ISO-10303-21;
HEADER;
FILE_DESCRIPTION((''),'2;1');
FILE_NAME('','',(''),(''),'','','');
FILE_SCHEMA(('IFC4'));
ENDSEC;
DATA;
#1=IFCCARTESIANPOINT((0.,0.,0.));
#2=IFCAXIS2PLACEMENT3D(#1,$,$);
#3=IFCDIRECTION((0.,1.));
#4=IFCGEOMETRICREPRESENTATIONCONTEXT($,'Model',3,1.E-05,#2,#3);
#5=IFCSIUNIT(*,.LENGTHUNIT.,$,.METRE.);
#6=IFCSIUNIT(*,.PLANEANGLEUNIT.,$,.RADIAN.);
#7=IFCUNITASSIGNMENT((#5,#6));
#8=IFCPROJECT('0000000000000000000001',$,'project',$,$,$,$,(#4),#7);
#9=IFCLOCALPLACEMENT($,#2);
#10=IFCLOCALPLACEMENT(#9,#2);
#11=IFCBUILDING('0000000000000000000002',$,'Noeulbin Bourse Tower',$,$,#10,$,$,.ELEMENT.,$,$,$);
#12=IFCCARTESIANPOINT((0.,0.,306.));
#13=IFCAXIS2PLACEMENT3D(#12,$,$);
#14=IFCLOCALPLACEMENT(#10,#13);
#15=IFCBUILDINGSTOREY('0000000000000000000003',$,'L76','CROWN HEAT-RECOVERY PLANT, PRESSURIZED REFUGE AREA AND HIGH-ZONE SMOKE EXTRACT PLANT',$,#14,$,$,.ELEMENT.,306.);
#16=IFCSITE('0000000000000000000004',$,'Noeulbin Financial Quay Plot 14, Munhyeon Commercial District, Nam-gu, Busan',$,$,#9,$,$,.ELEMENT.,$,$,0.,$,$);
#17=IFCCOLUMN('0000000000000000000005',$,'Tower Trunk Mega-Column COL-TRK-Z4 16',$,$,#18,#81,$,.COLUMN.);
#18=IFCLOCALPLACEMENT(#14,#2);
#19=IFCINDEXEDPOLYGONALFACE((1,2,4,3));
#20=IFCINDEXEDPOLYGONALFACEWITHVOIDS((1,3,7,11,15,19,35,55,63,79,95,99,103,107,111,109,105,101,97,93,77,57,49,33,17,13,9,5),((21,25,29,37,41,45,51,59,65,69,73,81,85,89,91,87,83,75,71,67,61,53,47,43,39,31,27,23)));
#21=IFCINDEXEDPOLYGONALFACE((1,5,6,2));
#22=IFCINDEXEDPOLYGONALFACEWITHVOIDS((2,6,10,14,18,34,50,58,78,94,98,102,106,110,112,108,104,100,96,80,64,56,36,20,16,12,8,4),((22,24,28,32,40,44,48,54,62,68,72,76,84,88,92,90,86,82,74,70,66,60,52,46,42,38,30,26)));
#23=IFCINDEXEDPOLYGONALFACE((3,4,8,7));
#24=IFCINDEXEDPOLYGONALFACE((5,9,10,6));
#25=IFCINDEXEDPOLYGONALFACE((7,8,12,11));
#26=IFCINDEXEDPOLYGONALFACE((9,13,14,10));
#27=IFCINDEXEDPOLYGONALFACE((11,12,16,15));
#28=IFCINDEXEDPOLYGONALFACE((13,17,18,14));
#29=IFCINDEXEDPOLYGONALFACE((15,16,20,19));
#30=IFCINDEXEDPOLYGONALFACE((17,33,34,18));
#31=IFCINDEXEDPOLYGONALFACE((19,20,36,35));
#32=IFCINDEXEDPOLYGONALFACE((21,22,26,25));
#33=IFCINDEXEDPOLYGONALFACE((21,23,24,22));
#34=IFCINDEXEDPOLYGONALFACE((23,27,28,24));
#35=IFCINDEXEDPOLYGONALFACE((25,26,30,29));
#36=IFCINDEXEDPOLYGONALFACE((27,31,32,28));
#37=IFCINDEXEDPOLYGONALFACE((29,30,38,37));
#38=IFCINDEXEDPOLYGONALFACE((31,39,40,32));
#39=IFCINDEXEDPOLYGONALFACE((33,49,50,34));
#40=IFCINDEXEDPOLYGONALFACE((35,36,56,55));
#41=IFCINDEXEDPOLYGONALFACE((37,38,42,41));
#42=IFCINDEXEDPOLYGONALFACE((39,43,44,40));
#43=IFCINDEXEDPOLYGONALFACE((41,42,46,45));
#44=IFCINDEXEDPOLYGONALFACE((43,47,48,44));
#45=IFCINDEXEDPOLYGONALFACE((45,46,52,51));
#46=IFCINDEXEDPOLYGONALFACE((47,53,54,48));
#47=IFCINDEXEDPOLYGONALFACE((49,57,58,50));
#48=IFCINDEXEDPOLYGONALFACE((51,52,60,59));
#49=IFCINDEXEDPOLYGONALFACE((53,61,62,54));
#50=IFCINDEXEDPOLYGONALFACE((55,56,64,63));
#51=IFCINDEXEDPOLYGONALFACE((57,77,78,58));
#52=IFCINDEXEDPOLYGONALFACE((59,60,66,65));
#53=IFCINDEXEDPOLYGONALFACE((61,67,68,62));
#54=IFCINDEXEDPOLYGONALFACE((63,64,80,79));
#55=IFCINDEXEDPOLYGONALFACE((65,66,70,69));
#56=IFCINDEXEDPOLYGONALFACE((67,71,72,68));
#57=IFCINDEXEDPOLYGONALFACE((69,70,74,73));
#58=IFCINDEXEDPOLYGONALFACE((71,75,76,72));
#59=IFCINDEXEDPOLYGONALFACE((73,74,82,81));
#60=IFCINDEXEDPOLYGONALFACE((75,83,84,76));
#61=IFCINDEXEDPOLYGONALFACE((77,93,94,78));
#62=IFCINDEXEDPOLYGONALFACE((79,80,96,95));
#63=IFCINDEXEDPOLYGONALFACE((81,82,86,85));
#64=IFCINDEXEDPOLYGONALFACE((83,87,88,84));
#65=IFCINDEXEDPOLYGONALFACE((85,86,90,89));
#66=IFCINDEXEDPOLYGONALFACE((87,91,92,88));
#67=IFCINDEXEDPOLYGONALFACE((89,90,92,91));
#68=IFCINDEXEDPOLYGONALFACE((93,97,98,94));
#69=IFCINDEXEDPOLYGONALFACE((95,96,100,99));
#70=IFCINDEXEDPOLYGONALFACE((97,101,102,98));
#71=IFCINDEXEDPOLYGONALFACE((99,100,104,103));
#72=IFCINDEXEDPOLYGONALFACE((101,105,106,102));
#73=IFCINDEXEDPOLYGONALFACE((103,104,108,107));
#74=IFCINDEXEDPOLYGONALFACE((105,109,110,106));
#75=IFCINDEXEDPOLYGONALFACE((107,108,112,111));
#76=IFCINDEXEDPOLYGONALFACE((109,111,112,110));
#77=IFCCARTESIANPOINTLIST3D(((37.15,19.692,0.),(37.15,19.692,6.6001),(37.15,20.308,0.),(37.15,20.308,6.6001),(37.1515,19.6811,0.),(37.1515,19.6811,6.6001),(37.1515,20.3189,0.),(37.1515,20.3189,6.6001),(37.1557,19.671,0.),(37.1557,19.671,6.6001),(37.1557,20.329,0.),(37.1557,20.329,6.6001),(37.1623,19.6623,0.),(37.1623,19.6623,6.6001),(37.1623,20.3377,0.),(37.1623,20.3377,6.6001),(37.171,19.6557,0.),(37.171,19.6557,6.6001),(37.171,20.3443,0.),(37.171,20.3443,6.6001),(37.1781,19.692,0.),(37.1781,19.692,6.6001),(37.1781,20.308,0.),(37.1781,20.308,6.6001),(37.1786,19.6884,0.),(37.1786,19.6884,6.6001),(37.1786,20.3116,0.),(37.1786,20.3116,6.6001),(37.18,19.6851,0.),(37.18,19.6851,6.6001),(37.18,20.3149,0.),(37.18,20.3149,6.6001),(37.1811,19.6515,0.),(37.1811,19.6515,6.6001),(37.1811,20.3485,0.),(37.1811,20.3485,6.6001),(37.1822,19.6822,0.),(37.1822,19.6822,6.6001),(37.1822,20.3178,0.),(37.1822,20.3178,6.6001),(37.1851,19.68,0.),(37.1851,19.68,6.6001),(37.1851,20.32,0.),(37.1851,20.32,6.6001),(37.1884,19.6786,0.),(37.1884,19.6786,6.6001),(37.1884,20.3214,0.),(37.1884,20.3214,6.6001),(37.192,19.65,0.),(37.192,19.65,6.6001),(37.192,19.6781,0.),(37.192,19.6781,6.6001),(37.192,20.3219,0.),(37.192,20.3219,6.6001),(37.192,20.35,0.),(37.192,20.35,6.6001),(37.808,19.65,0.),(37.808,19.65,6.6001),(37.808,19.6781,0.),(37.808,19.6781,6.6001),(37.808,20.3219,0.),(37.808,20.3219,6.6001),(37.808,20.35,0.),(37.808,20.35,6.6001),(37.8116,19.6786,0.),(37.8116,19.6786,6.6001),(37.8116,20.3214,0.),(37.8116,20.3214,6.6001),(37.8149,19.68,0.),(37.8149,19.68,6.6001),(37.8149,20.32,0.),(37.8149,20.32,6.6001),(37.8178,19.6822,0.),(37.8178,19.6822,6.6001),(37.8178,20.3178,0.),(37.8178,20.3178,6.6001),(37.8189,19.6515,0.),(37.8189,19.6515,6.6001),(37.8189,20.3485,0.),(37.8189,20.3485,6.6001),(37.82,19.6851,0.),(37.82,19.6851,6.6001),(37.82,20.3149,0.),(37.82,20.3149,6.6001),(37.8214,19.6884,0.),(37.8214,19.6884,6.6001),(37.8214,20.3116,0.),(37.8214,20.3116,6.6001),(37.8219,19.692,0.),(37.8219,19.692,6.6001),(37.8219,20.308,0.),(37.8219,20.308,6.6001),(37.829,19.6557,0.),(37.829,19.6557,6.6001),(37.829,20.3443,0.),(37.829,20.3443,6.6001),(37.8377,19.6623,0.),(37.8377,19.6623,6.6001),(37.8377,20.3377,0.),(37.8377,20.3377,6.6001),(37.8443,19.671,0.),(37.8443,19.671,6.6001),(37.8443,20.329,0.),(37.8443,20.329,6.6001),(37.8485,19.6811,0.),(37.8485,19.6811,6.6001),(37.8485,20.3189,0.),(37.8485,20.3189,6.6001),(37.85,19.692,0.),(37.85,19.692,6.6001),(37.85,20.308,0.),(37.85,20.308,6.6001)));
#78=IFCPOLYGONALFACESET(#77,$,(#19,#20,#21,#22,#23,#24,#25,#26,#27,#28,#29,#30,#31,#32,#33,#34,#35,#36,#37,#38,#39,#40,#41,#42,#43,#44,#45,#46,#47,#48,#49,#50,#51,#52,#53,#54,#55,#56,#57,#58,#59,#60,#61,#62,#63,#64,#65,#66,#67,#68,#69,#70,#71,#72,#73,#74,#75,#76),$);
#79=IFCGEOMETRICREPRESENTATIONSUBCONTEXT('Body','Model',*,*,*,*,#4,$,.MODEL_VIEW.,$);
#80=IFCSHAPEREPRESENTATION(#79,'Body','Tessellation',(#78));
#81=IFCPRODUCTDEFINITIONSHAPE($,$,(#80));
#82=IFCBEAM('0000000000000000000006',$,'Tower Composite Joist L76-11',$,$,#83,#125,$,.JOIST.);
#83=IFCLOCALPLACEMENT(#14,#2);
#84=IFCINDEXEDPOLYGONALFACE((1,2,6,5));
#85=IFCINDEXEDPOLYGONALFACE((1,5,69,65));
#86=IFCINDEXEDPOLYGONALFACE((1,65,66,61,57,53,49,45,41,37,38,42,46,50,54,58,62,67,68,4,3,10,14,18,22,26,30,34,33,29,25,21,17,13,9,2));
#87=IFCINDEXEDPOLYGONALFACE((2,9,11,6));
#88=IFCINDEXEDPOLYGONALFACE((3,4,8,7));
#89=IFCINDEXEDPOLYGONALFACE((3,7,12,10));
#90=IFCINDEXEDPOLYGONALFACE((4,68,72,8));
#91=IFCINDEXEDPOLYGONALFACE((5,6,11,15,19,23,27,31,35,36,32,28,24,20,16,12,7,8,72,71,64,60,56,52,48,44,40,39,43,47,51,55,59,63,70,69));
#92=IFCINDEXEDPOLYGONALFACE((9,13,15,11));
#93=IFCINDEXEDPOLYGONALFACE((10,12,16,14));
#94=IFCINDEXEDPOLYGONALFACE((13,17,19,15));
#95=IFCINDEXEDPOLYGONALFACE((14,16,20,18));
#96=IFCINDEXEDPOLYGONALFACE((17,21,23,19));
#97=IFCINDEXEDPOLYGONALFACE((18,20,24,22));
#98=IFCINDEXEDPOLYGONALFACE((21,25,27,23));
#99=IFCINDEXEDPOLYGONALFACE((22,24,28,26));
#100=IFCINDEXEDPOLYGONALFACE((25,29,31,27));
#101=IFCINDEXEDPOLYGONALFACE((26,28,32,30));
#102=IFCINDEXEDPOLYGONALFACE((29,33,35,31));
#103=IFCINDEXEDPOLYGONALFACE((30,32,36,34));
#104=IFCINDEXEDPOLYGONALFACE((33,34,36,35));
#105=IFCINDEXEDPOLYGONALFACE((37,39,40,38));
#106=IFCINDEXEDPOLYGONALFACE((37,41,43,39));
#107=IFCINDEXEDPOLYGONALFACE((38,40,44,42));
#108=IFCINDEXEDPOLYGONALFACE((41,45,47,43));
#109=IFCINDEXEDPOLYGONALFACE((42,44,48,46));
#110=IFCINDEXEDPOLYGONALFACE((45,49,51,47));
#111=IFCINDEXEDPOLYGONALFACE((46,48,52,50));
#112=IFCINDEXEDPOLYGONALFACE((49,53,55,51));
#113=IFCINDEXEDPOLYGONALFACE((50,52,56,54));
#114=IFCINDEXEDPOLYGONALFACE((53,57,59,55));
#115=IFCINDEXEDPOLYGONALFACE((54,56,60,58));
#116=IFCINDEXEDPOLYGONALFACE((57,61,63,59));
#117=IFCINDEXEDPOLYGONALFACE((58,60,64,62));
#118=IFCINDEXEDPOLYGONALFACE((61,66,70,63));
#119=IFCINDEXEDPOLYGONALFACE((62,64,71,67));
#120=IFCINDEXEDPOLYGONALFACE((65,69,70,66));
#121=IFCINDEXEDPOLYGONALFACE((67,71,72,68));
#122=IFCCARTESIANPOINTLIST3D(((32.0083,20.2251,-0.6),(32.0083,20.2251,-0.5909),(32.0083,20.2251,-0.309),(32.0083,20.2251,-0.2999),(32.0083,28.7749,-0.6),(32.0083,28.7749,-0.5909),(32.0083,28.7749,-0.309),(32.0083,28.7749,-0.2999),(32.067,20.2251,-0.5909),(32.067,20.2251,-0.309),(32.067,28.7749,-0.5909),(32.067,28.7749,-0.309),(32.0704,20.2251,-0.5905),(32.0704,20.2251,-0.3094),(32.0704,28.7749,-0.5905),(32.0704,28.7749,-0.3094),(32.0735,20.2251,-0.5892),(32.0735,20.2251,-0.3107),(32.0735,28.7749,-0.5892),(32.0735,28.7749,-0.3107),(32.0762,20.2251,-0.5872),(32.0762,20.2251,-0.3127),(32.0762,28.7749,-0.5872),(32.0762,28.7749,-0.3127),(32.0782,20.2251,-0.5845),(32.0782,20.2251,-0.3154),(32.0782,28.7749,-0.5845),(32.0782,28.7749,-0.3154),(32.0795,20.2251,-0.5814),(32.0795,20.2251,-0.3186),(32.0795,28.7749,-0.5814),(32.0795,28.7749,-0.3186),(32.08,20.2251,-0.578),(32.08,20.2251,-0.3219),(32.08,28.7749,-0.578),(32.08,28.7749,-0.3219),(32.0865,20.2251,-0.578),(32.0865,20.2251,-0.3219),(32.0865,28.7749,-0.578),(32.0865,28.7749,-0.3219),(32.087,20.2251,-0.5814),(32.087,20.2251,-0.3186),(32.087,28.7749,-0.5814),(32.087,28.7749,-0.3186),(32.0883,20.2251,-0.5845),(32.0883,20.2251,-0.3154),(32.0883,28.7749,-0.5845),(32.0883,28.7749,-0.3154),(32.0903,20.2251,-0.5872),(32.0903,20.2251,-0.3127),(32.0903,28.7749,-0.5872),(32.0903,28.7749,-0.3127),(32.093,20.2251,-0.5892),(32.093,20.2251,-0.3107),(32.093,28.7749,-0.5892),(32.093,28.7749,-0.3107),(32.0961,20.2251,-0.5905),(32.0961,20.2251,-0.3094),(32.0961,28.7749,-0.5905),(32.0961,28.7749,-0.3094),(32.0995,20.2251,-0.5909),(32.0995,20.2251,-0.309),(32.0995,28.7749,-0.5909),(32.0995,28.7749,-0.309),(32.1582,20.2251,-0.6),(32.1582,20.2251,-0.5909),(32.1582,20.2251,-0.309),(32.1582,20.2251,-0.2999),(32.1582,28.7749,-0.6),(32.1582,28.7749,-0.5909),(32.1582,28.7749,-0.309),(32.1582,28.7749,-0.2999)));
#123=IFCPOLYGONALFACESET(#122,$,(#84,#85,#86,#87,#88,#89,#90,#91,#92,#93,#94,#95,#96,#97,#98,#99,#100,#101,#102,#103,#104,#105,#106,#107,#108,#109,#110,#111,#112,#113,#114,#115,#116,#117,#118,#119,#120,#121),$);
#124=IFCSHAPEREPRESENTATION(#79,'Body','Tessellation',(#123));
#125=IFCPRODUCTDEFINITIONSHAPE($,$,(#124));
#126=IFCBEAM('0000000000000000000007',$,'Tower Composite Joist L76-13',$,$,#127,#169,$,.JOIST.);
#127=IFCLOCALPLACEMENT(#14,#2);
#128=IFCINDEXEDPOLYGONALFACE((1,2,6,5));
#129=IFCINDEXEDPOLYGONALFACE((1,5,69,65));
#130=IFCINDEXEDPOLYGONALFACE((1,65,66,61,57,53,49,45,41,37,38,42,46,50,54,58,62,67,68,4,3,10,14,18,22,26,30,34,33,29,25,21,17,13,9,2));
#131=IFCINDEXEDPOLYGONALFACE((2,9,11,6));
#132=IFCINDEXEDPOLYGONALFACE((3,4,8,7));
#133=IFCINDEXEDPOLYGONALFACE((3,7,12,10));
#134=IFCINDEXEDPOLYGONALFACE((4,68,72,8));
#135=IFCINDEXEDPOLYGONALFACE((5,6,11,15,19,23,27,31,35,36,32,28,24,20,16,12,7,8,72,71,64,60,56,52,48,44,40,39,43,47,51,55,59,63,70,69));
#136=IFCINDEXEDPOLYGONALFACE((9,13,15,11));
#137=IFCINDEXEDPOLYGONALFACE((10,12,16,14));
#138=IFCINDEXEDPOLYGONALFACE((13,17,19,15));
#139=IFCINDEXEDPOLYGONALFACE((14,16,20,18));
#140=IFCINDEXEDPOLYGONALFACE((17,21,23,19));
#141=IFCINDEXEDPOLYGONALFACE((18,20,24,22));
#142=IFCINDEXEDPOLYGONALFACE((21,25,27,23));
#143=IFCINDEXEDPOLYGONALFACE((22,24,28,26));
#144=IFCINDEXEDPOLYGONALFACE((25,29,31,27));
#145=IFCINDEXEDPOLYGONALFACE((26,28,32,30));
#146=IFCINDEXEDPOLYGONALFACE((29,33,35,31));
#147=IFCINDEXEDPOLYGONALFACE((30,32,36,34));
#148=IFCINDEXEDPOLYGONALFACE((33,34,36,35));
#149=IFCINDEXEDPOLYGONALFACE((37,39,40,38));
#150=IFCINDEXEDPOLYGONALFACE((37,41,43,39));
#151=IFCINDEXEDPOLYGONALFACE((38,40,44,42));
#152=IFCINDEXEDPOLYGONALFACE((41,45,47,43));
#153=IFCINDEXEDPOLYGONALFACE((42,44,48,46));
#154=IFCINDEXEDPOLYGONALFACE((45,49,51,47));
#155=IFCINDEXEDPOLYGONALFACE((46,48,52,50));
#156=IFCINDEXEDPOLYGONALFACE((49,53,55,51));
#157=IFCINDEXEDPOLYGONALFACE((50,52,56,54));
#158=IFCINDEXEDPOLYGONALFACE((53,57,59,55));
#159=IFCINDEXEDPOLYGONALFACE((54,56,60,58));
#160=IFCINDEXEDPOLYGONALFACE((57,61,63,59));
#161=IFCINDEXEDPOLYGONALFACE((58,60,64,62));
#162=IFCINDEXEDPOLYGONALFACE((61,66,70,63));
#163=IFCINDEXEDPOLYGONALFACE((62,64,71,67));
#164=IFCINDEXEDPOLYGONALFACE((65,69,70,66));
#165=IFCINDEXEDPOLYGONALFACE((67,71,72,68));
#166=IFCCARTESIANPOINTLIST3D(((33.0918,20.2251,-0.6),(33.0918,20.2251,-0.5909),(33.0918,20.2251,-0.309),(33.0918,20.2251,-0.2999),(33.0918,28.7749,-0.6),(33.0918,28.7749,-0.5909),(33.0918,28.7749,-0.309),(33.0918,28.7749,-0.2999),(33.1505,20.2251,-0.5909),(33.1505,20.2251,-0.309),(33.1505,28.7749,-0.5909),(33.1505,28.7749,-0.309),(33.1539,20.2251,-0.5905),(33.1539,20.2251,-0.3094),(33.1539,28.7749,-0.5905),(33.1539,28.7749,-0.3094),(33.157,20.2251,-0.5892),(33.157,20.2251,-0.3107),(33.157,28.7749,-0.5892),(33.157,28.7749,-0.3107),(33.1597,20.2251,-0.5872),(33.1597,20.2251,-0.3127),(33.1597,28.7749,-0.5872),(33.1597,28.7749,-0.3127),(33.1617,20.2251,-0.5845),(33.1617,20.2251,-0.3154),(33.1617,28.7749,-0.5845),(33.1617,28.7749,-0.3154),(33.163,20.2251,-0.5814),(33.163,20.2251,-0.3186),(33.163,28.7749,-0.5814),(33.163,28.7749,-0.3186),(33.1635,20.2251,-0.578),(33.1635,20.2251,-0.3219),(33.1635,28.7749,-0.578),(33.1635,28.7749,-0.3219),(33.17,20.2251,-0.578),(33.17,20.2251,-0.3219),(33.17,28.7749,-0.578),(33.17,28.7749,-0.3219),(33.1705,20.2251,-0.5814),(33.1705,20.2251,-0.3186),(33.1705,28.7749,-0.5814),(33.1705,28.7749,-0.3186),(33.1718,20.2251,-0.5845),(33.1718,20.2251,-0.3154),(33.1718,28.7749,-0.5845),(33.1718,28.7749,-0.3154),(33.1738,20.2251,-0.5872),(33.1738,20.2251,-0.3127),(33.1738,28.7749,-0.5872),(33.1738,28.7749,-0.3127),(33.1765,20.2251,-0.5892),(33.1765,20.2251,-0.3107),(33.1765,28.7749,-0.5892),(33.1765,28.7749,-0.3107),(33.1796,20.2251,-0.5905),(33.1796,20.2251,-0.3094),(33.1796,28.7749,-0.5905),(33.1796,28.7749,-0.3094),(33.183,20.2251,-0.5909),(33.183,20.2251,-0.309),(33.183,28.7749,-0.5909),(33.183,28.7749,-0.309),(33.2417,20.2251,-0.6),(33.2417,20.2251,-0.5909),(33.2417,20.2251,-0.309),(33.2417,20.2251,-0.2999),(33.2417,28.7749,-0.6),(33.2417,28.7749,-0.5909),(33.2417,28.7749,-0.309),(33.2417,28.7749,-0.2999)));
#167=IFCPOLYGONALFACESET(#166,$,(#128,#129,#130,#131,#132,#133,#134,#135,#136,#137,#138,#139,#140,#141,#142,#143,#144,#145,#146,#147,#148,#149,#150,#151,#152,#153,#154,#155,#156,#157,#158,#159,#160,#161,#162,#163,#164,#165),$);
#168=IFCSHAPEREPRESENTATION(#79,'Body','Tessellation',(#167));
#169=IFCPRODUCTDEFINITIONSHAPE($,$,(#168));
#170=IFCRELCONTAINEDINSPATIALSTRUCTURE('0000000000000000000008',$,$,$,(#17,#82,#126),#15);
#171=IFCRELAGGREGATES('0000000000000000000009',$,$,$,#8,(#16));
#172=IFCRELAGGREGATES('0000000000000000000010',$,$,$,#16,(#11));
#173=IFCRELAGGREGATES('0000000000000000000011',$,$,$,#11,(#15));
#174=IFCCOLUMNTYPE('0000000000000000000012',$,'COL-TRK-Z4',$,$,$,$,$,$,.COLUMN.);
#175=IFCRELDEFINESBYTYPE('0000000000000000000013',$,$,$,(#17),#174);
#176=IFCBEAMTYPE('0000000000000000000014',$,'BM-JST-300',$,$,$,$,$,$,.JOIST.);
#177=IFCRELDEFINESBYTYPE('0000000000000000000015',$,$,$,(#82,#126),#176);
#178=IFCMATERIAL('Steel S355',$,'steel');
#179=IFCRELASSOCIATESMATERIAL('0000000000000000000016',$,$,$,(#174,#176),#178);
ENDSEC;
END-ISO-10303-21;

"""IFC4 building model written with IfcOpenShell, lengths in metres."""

from ifc_helpers import new_model, si_unit, direction, frame, origin, origin_2d, place, context, subcontext, project, spatial, hollow_rectangle, i_section, extrude, material, material_profile, profile_set, type_object, element, save


model = new_model("IFC4")

# Units and contexts
model_context = context("Model", 3, precision=1e-05, world=origin(), true_north=direction((0.0, 1.0)))
body_context = subcontext(model_context, "Body", "Model", "MODEL_VIEW")
ifc_project = project(units=[si_unit("LENGTHUNIT", "METRE"), si_unit("PLANEANGLEUNIT", "RADIAN")], contexts=[model_context])

# Site, building, storey
site_placement = place(None, origin())
site = spatial("IfcSite", under=ifc_project, at=site_placement, Name="Noeulbin Financial Quay Plot 14, Munhyeon Commercial District, Nam-gu, Busan", CompositionType="ELEMENT", RefElevation=0.0)
building_placement = place(site_placement, origin())
building = spatial("IfcBuilding", under=site, at=building_placement, Name="Noeulbin Bourse Tower", CompositionType="ELEMENT")
storey_placement = place(building_placement, frame((0.0, 0.0, 306.0)))
storey = spatial("IfcBuildingStorey", under=building, at=storey_placement, Name="L76", Description="CROWN HEAT-RECOVERY PLANT, PRESSURIZED REFUGE AREA AND HIGH-ZONE SMOKE EXTRACT PLANT", CompositionType="ELEMENT", Elevation=306.0)

# Column
ifc_material_1 = material(Name="Steel S355", Category="steel")
ifc_material_profile_1 = material_profile(ifc_material_1, hollow_rectangle(XDim=0.7, YDim=0.7, WallThickness=0.0281, InnerFilletRadius=0.0139, OuterFilletRadius=0.042, at=origin_2d()), Name="BOX-700x700x28", Category="LoadBearing")
ifc_profile_set_1 = profile_set([ifc_material_profile_1], Name="Steel S355")
column_type = type_object("IfcColumnType", Name="COL-TRK-Z4", PredefinedType="COLUMN", material=ifc_profile_set_1)
column_placement = place(storey_placement, frame((37.5, 20.0, 0.0), z_axis=(0.0, 0.0, 1.0), x_axis=(1.0, 0.0, 0.0)))
element("IfcColumn", 1, at=column_placement, inside=storey, type_object=column_type, Name="Tower Trunk Mega-Column COL-TRK-Z4 16", PredefinedType="COLUMN", context=body_context, shape_type="SweptSolid", body=[
    extrude(hollow_rectangle(XDim=0.7, YDim=0.7, WallThickness=0.0281, InnerFilletRadius=0.0139, OuterFilletRadius=0.042, at=origin_2d()), origin(), (0.0, 0.0, 1.0), 6.6001),
])

# Beams
ifc_material_profile_2 = material_profile(ifc_material_1, i_section(OverallWidth=0.1499, OverallDepth=0.3, WebThickness=0.0066, FlangeThickness=0.009, FilletRadius=0.0129, at=origin_2d()), Name="H-300x150x6.5x9", Category="LoadBearing")
ifc_profile_set_2 = profile_set([ifc_material_profile_2], Name="Steel S355")
beam_type_1 = type_object("IfcBeamType", Name="BM-JST-300", PredefinedType="JOIST", material=ifc_profile_set_2)
for number, where, z_axis, x_axis, name in (
    (2, (32.0833, 20.2251, -0.45), (0.0, 1.0, 0.0), (-1.0, 0.0, 0.0), "Tower Composite Joist L76-11"),
    (3, (33.1667, 20.2251, -0.45), (0.0, 1.0, 0.0), (-1.0, 0.0, 0.0), "Tower Composite Joist L76-13"),
):
    element("IfcBeam", number, at=place(storey_placement, frame(where, z_axis=z_axis, x_axis=x_axis)), inside=storey, type_object=beam_type_1, Name=name, PredefinedType="JOIST", context=body_context, shape_type="SweptSolid", body=[
        extrude(i_section(OverallWidth=0.1499, OverallDepth=0.3, WebThickness=0.0066, FlangeThickness=0.009, FilletRadius=0.0129, at=origin_2d()), origin(), (0.0, 0.0, 1.0), 8.5498),
    ])

save(model, "model.ifc")
